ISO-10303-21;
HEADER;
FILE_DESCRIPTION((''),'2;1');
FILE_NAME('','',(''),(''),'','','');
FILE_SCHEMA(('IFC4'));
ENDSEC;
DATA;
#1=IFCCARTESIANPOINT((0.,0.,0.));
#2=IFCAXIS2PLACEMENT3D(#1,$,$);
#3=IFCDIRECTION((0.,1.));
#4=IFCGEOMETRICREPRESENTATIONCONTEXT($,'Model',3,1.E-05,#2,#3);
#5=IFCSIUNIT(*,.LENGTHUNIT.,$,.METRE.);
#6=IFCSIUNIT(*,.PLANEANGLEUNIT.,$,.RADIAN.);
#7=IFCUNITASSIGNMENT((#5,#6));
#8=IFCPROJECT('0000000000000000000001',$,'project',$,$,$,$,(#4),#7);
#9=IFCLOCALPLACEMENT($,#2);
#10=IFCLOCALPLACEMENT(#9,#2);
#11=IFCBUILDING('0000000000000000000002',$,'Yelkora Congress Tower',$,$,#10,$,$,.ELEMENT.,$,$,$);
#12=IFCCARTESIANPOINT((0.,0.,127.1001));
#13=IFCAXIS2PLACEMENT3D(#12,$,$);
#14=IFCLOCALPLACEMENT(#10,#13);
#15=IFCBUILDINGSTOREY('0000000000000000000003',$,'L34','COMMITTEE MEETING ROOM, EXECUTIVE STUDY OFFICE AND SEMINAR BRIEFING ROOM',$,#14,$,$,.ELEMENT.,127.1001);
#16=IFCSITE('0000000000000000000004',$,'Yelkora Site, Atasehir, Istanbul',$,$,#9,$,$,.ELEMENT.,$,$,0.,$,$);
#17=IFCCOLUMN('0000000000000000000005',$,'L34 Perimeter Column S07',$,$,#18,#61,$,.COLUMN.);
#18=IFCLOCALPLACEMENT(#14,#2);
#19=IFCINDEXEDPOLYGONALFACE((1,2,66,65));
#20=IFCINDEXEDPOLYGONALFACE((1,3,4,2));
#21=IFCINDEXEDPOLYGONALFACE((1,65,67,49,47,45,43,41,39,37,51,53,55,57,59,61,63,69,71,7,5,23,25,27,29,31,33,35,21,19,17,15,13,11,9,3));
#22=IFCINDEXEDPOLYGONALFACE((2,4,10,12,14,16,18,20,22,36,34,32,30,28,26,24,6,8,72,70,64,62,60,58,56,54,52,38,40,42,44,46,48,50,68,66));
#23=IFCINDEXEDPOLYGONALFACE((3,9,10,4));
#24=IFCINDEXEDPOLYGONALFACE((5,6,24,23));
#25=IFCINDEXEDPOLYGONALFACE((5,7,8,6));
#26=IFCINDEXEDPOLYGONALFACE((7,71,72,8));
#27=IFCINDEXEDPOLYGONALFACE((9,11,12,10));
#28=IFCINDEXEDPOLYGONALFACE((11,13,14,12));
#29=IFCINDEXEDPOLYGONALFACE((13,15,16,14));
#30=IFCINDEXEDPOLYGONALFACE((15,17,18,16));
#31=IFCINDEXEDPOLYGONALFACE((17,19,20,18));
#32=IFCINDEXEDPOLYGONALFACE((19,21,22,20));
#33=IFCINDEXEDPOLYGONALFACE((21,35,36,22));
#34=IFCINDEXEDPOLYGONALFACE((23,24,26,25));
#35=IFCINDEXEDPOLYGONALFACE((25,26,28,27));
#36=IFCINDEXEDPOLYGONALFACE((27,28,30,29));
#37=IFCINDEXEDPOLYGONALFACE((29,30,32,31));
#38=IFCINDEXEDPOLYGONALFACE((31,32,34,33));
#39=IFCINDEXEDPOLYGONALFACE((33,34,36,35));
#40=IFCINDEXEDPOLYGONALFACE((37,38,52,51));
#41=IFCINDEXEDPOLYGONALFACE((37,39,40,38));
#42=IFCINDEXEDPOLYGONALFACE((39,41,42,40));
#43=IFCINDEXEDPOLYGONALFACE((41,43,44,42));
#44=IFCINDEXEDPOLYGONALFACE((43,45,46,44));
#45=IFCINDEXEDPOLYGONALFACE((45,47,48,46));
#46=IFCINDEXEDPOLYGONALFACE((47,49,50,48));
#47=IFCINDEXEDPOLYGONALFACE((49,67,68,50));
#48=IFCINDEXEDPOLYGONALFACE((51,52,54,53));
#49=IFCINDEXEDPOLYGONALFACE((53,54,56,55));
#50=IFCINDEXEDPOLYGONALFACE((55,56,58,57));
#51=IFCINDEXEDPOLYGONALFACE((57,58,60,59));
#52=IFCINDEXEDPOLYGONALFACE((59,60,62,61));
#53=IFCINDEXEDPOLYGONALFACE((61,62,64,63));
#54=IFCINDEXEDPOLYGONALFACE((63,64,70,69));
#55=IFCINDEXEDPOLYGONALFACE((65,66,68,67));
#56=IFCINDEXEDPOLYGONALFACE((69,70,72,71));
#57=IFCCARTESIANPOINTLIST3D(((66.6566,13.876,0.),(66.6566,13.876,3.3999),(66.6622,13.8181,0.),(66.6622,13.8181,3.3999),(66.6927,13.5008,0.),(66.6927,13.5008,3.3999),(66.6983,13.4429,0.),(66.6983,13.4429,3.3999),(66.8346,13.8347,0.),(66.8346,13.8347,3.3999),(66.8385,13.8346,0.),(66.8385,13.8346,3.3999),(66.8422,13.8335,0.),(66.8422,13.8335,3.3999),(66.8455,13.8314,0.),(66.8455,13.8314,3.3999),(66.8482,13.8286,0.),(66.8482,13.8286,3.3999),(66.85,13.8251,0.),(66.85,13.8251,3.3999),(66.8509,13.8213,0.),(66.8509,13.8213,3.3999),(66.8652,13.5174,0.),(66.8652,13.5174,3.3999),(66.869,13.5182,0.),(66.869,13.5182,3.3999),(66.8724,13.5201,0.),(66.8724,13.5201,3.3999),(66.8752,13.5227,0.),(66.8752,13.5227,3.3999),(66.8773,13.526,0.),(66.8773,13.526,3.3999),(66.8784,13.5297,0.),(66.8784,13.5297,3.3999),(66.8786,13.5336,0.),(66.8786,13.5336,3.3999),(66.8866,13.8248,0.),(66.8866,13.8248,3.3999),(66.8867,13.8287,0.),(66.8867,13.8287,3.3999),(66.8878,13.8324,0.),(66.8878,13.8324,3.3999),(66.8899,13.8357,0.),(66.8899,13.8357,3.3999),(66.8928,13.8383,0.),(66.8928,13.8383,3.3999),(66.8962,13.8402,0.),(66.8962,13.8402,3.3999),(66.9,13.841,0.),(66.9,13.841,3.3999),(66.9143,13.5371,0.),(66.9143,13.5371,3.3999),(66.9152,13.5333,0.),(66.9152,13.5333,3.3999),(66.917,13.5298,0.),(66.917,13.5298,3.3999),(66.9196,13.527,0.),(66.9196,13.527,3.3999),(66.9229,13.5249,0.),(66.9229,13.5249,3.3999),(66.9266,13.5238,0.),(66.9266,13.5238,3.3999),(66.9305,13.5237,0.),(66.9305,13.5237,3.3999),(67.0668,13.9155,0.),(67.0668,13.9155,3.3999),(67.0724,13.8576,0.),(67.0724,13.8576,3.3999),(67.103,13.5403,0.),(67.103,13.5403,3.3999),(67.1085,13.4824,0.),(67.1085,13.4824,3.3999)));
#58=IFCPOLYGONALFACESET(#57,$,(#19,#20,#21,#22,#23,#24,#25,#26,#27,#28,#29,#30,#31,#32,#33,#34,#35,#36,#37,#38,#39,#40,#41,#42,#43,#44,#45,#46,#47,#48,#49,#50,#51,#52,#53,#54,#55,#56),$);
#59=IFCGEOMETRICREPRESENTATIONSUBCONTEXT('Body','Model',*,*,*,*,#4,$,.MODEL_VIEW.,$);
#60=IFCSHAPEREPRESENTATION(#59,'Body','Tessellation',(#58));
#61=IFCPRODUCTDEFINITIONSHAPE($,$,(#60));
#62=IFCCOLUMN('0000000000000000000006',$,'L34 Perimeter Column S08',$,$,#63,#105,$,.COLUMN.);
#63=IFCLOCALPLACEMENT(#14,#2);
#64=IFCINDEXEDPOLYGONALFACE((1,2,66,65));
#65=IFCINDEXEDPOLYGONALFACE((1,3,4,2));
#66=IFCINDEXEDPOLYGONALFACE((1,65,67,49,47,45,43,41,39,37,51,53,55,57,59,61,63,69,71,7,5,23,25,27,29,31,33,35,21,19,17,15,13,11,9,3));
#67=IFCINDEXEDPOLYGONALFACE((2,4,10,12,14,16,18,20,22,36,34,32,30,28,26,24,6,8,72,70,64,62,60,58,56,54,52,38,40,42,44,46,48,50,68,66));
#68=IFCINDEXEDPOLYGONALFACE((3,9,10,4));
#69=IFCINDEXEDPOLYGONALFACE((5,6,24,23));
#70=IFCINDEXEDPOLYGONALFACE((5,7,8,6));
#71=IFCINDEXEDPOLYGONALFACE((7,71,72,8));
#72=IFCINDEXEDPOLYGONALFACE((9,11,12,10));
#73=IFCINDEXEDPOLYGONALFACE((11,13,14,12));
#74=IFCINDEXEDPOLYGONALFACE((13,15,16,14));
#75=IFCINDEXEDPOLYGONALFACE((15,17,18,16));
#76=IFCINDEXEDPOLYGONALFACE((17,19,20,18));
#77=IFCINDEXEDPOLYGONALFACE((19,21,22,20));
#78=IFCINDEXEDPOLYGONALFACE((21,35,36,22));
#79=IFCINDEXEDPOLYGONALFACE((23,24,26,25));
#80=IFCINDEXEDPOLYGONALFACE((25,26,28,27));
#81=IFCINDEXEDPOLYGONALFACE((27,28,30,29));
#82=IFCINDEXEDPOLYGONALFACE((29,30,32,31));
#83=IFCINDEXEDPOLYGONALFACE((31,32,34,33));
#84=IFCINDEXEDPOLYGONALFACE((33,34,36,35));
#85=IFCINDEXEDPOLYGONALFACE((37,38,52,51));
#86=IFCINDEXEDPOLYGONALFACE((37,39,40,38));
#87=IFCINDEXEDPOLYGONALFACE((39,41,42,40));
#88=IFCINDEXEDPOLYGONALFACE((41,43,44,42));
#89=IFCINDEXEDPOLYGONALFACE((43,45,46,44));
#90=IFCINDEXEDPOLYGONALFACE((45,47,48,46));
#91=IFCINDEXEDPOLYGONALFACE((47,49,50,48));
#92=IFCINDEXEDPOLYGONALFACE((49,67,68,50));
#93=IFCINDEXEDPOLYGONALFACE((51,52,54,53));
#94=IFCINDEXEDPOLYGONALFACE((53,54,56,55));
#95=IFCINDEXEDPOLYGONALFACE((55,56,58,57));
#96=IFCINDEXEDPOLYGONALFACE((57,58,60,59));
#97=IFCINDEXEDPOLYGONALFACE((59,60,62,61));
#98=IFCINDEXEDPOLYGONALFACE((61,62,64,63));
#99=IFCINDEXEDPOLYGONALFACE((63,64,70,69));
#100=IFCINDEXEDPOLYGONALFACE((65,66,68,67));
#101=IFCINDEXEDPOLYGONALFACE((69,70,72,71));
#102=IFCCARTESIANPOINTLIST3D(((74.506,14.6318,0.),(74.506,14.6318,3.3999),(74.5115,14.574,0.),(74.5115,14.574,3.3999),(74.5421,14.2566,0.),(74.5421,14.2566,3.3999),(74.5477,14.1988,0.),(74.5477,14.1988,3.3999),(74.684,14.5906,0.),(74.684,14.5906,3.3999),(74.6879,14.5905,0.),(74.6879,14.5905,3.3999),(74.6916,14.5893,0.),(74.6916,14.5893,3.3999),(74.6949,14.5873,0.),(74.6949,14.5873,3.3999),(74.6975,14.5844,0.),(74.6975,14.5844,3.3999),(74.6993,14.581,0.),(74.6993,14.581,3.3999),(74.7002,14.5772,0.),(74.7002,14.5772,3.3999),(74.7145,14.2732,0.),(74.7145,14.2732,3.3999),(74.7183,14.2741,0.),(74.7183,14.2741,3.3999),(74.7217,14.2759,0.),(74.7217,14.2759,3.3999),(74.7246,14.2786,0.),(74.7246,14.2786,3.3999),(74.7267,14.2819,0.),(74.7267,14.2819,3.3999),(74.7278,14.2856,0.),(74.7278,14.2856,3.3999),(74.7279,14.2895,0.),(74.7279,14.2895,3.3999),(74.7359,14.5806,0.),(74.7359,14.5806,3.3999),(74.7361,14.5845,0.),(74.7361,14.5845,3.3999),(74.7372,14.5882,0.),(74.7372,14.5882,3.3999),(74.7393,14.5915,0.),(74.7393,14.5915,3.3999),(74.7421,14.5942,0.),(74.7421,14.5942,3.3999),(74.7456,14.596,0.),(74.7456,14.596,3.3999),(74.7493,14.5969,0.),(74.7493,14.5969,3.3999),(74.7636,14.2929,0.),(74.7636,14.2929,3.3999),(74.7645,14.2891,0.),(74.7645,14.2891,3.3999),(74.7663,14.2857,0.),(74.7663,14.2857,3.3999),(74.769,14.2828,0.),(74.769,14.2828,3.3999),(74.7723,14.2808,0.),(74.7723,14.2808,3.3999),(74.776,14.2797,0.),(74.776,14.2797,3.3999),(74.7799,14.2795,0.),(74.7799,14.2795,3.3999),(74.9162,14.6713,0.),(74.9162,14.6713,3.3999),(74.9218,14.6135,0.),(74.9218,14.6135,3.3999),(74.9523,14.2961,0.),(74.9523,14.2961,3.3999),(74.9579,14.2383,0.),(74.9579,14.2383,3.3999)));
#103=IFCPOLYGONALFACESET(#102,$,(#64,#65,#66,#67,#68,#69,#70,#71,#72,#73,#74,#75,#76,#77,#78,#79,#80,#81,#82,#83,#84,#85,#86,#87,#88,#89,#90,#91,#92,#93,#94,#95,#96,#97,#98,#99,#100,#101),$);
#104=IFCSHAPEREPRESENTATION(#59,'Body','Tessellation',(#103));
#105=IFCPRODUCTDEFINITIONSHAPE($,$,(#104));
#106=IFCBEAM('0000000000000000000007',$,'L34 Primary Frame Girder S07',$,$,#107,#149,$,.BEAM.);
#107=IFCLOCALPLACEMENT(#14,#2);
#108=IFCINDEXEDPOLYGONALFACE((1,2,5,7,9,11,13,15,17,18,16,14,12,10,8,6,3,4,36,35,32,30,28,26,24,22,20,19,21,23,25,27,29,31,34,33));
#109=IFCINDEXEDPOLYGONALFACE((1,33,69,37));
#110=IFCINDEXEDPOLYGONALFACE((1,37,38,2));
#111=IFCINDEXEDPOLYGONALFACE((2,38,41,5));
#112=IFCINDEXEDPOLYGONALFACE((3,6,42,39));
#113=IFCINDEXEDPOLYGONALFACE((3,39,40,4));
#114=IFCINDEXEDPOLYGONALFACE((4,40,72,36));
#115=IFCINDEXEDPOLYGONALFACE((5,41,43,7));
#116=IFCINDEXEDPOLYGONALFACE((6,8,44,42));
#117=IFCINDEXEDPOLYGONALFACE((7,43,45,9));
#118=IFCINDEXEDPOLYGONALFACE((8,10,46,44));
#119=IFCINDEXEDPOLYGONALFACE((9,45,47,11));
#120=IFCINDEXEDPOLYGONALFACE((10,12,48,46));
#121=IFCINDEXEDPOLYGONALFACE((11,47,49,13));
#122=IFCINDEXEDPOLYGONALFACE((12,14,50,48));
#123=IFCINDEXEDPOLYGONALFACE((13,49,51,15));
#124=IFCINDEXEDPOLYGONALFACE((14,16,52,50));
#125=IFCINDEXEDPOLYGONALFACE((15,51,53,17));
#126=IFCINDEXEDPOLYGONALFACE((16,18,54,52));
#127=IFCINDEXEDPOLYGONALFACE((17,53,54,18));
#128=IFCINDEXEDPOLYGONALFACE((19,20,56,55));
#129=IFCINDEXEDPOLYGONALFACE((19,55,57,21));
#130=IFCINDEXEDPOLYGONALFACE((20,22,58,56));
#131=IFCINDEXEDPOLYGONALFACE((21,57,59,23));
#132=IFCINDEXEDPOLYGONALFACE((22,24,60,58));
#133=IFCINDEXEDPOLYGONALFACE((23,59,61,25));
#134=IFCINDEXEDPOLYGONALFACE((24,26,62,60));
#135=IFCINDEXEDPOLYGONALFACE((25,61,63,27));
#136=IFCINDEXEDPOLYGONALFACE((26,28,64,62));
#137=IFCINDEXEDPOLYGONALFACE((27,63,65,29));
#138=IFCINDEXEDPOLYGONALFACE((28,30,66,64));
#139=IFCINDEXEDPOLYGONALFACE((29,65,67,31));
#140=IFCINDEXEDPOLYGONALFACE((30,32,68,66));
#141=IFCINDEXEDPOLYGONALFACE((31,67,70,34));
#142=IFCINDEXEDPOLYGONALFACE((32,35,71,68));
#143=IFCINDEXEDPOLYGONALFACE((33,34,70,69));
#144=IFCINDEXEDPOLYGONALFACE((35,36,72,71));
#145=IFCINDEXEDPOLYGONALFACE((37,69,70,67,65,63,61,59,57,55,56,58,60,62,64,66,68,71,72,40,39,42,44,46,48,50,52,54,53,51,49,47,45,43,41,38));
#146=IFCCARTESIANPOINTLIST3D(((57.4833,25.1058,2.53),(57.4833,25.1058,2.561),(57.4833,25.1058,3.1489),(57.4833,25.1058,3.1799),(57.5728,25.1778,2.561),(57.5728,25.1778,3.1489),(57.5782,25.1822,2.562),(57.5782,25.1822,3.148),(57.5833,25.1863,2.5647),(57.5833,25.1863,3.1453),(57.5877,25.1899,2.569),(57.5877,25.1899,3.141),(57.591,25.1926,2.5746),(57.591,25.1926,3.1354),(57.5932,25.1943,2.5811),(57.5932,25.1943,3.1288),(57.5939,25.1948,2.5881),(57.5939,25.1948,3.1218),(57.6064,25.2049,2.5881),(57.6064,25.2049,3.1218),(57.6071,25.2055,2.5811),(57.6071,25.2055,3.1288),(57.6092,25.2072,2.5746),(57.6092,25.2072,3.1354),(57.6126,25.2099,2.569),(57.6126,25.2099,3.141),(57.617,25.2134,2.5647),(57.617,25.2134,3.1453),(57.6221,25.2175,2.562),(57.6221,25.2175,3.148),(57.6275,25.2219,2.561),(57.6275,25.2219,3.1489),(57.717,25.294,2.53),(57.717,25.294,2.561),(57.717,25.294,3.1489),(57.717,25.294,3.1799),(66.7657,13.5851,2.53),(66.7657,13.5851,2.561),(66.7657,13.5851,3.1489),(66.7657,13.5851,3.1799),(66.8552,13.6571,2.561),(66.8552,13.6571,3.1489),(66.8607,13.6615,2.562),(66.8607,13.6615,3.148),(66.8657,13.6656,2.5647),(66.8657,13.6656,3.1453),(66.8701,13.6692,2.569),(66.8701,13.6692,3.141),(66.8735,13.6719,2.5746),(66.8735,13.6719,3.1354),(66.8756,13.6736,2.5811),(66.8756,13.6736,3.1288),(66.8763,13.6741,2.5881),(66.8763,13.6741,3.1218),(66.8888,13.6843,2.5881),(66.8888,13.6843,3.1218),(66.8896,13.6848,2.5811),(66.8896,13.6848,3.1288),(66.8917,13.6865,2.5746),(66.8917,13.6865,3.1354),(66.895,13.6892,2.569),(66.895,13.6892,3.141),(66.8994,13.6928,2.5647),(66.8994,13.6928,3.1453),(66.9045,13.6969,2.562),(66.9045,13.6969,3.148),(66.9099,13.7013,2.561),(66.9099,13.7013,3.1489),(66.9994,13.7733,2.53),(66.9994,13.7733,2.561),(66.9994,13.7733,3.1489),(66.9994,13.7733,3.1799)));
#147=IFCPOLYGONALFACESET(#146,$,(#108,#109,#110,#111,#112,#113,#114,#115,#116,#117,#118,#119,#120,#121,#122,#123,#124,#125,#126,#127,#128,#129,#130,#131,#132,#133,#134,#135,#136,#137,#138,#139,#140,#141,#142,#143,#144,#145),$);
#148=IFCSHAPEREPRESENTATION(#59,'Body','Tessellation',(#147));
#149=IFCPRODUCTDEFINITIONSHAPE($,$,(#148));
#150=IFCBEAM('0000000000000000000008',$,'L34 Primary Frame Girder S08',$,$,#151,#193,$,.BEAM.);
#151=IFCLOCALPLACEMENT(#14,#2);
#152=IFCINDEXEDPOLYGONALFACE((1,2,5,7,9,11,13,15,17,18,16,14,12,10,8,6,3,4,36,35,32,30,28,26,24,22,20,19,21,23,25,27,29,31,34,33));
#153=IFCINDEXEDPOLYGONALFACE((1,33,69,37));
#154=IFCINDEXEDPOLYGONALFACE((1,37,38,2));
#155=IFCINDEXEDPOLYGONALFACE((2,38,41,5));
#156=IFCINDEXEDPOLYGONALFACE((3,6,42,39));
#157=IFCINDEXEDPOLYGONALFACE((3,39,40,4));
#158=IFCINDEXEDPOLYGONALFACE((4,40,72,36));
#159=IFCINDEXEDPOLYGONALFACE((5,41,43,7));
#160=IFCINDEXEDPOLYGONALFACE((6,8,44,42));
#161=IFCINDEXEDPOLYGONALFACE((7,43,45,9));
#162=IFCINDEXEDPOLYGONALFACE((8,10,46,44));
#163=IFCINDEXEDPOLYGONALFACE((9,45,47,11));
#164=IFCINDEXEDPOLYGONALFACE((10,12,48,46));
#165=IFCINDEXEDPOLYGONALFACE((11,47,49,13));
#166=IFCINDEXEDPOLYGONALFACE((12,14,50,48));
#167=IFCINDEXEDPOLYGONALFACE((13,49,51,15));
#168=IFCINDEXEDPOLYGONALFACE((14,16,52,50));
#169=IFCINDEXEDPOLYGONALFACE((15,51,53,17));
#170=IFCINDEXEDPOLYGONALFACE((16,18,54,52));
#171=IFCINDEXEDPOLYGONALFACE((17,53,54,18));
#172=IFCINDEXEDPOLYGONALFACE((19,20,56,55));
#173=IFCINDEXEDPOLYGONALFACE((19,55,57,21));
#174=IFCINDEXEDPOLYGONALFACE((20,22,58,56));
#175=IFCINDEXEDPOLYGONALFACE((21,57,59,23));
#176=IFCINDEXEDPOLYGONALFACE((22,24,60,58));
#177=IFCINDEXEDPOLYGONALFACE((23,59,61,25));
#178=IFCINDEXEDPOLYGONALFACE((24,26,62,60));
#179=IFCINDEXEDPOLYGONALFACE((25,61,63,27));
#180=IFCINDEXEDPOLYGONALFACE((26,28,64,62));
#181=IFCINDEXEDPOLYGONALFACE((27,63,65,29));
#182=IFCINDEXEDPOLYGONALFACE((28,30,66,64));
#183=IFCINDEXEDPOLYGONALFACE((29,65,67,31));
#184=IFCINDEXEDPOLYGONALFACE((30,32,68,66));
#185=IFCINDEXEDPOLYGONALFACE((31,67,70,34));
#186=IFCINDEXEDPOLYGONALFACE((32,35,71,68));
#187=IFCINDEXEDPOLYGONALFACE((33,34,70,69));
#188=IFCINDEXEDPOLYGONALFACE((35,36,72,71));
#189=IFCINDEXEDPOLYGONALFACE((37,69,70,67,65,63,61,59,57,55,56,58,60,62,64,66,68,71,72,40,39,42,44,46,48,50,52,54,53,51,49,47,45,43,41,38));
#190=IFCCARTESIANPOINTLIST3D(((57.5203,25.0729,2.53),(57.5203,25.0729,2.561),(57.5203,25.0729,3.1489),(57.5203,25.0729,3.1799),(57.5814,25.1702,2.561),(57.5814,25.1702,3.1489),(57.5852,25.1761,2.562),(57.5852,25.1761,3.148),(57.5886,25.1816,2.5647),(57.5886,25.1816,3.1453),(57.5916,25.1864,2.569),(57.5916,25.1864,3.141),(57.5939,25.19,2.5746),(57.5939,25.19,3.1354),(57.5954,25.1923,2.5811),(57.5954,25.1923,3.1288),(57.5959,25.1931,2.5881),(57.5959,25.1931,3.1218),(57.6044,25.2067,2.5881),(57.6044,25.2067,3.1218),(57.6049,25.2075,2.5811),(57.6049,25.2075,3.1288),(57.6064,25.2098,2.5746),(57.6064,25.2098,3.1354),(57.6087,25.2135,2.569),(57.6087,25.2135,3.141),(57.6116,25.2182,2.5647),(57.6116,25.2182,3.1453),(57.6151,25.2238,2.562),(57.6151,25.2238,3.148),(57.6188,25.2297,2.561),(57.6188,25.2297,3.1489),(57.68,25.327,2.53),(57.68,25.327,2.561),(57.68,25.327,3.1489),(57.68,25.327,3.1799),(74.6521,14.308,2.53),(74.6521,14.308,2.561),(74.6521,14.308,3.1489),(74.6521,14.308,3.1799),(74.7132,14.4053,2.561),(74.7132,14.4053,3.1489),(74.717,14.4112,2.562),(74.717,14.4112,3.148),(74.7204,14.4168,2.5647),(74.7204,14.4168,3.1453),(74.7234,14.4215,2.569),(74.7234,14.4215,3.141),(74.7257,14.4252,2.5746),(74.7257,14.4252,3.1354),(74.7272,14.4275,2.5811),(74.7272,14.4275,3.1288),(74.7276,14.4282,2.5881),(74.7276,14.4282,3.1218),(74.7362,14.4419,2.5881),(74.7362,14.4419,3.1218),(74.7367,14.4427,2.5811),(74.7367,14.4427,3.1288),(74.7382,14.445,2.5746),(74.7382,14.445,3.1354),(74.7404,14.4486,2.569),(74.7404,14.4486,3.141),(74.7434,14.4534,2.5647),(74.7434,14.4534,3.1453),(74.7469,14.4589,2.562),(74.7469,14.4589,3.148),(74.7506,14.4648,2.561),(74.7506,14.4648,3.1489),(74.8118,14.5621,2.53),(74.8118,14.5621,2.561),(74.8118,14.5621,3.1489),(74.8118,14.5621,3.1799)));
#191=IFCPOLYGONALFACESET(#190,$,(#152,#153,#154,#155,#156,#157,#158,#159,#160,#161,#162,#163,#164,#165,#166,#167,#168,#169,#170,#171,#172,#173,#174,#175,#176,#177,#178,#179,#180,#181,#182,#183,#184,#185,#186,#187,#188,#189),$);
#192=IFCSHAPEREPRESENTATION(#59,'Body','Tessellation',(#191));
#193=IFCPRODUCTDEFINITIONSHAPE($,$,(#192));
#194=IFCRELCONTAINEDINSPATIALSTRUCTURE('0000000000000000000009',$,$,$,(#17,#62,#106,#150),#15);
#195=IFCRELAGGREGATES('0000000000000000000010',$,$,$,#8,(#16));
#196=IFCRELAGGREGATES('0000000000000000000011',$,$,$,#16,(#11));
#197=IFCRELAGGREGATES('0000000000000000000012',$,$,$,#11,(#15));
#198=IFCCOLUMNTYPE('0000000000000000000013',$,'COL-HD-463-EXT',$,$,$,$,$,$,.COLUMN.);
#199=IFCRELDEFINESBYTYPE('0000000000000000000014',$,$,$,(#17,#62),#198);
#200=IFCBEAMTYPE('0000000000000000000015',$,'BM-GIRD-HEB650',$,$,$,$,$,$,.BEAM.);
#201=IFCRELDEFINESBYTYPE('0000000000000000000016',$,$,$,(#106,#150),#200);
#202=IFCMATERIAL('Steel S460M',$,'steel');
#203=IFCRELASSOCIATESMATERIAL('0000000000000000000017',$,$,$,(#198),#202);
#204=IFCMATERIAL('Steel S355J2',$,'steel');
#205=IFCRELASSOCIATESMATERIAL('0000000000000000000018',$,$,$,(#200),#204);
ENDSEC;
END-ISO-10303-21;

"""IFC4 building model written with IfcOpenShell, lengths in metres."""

from ifc_helpers import new_model, si_unit, direction, frame, origin, origin_2d, place, context, subcontext, project, spatial, i_section, extrude, material, material_profile, profile_set, type_object, element, save


model = new_model("IFC4")

# Units and contexts
model_context = context("Model", 3, precision=1e-05, world=origin(), true_north=direction((0.0, 1.0)))
body_context = subcontext(model_context, "Body", "Model", "MODEL_VIEW")
ifc_project = project(units=[si_unit("LENGTHUNIT", "METRE"), si_unit("PLANEANGLEUNIT", "RADIAN")], contexts=[model_context])

# Site, building, storey
site_placement = place(None, origin())
site = spatial("IfcSite", under=ifc_project, at=site_placement, Name="Yelkora Site, Atasehir, Istanbul", CompositionType="ELEMENT", RefElevation=0.0)
building_placement = place(site_placement, origin())
building = spatial("IfcBuilding", under=site, at=building_placement, Name="Yelkora Congress Tower", CompositionType="ELEMENT")
storey_placement = place(building_placement, frame((0.0, 0.0, 127.1001)))
storey = spatial("IfcBuildingStorey", under=building, at=storey_placement, Name="L34", Description="COMMITTEE MEETING ROOM, EXECUTIVE STUDY OFFICE AND SEMINAR BRIEFING ROOM", CompositionType="ELEMENT", Elevation=127.1001)

# Columns
ifc_material_1 = material(Name="Steel S460M", Category="steel")
ifc_material_profile_1 = material_profile(ifc_material_1, i_section(OverallWidth=0.4121, OverallDepth=0.4351, WebThickness=0.0359, FlangeThickness=0.0581, FilletRadius=0.0149, at=origin_2d()), Name="HD 400x463")
ifc_profile_set_1 = profile_set([ifc_material_profile_1], Name="Steel S460M")
column_type = type_object("IfcColumnType", Name="COL-HD-463-EXT", PredefinedType="COLUMN", material=ifc_profile_set_1)
for number, where, z_axis, x_axis, name in (
    (1, (66.8826, 13.6792, 0.0), (0.0, 0.0, 1.0), (0.995396, 0.095846, 0.0), "L34 Perimeter Column S07"),
    (2, (74.7319, 14.4351, 0.0), (0.0, 0.0, 1.0), (0.995396, 0.095846, 0.0), "L34 Perimeter Column S08"),
):
    element("IfcColumn", number, at=place(storey_placement, frame(where, z_axis=z_axis, x_axis=x_axis)), inside=storey, type_object=column_type, Name=name, PredefinedType="COLUMN", context=body_context, shape_type="SweptSolid", body=[
        extrude(i_section(OverallWidth=0.4121, OverallDepth=0.4351, WebThickness=0.0359, FlangeThickness=0.0581, FilletRadius=0.0149, at=origin_2d()), origin(), (0.0, 0.0, 1.0), 3.3999),
    ])

# Beams
ifc_material_2 = material(Name="Steel S355J2", Category="steel")
ifc_material_profile_2 = material_profile(ifc_material_2, i_section(OverallWidth=0.3, OverallDepth=0.6499, WebThickness=0.0161, FlangeThickness=0.031, FilletRadius=0.0271, at=origin_2d()), Name="HEB 650")
ifc_profile_set_2 = profile_set([ifc_material_profile_2], Name="Steel S355J2")
beam_type_1 = type_object("IfcBeamType", Name="BM-GIRD-HEB650", PredefinedType="BEAM", material=ifc_profile_set_2)
beam_1_placement = place(storey_placement, frame((66.8826, 13.6792, 2.855), z_axis=(-0.627406, 0.778692, 0.0), x_axis=(-0.778692, -0.627406, 0.0)))
element("IfcBeam", 3, at=beam_1_placement, inside=storey, type_object=beam_type_1, Name="L34 Primary Frame Girder S07", PredefinedType="BEAM", context=body_context, shape_type="SweptSolid", body=[
    extrude(i_section(OverallWidth=0.3, OverallDepth=0.6499, WebThickness=0.0161, FlangeThickness=0.031, FilletRadius=0.0271, at=origin_2d()), origin(), (0.0, 0.0, 1.0), 14.7949),
])
beam_2_placement = place(storey_placement, frame((74.7319, 14.4351, 2.855), z_axis=(-0.846719, 0.532041, 0.0), x_axis=(-0.532041, -0.846719, 0.0)))
element("IfcBeam", 4, at=beam_2_placement, inside=storey, type_object=beam_type_1, Name="L34 Primary Frame Girder S08", PredefinedType="BEAM", context=body_context, shape_type="SweptSolid", body=[
    extrude(i_section(OverallWidth=0.3, OverallDepth=0.6499, WebThickness=0.0161, FlangeThickness=0.031, FilletRadius=0.0271, at=origin_2d()), origin(), (0.0, 0.0, 1.0), 20.2332),
])

save(model, "model.ifc")
